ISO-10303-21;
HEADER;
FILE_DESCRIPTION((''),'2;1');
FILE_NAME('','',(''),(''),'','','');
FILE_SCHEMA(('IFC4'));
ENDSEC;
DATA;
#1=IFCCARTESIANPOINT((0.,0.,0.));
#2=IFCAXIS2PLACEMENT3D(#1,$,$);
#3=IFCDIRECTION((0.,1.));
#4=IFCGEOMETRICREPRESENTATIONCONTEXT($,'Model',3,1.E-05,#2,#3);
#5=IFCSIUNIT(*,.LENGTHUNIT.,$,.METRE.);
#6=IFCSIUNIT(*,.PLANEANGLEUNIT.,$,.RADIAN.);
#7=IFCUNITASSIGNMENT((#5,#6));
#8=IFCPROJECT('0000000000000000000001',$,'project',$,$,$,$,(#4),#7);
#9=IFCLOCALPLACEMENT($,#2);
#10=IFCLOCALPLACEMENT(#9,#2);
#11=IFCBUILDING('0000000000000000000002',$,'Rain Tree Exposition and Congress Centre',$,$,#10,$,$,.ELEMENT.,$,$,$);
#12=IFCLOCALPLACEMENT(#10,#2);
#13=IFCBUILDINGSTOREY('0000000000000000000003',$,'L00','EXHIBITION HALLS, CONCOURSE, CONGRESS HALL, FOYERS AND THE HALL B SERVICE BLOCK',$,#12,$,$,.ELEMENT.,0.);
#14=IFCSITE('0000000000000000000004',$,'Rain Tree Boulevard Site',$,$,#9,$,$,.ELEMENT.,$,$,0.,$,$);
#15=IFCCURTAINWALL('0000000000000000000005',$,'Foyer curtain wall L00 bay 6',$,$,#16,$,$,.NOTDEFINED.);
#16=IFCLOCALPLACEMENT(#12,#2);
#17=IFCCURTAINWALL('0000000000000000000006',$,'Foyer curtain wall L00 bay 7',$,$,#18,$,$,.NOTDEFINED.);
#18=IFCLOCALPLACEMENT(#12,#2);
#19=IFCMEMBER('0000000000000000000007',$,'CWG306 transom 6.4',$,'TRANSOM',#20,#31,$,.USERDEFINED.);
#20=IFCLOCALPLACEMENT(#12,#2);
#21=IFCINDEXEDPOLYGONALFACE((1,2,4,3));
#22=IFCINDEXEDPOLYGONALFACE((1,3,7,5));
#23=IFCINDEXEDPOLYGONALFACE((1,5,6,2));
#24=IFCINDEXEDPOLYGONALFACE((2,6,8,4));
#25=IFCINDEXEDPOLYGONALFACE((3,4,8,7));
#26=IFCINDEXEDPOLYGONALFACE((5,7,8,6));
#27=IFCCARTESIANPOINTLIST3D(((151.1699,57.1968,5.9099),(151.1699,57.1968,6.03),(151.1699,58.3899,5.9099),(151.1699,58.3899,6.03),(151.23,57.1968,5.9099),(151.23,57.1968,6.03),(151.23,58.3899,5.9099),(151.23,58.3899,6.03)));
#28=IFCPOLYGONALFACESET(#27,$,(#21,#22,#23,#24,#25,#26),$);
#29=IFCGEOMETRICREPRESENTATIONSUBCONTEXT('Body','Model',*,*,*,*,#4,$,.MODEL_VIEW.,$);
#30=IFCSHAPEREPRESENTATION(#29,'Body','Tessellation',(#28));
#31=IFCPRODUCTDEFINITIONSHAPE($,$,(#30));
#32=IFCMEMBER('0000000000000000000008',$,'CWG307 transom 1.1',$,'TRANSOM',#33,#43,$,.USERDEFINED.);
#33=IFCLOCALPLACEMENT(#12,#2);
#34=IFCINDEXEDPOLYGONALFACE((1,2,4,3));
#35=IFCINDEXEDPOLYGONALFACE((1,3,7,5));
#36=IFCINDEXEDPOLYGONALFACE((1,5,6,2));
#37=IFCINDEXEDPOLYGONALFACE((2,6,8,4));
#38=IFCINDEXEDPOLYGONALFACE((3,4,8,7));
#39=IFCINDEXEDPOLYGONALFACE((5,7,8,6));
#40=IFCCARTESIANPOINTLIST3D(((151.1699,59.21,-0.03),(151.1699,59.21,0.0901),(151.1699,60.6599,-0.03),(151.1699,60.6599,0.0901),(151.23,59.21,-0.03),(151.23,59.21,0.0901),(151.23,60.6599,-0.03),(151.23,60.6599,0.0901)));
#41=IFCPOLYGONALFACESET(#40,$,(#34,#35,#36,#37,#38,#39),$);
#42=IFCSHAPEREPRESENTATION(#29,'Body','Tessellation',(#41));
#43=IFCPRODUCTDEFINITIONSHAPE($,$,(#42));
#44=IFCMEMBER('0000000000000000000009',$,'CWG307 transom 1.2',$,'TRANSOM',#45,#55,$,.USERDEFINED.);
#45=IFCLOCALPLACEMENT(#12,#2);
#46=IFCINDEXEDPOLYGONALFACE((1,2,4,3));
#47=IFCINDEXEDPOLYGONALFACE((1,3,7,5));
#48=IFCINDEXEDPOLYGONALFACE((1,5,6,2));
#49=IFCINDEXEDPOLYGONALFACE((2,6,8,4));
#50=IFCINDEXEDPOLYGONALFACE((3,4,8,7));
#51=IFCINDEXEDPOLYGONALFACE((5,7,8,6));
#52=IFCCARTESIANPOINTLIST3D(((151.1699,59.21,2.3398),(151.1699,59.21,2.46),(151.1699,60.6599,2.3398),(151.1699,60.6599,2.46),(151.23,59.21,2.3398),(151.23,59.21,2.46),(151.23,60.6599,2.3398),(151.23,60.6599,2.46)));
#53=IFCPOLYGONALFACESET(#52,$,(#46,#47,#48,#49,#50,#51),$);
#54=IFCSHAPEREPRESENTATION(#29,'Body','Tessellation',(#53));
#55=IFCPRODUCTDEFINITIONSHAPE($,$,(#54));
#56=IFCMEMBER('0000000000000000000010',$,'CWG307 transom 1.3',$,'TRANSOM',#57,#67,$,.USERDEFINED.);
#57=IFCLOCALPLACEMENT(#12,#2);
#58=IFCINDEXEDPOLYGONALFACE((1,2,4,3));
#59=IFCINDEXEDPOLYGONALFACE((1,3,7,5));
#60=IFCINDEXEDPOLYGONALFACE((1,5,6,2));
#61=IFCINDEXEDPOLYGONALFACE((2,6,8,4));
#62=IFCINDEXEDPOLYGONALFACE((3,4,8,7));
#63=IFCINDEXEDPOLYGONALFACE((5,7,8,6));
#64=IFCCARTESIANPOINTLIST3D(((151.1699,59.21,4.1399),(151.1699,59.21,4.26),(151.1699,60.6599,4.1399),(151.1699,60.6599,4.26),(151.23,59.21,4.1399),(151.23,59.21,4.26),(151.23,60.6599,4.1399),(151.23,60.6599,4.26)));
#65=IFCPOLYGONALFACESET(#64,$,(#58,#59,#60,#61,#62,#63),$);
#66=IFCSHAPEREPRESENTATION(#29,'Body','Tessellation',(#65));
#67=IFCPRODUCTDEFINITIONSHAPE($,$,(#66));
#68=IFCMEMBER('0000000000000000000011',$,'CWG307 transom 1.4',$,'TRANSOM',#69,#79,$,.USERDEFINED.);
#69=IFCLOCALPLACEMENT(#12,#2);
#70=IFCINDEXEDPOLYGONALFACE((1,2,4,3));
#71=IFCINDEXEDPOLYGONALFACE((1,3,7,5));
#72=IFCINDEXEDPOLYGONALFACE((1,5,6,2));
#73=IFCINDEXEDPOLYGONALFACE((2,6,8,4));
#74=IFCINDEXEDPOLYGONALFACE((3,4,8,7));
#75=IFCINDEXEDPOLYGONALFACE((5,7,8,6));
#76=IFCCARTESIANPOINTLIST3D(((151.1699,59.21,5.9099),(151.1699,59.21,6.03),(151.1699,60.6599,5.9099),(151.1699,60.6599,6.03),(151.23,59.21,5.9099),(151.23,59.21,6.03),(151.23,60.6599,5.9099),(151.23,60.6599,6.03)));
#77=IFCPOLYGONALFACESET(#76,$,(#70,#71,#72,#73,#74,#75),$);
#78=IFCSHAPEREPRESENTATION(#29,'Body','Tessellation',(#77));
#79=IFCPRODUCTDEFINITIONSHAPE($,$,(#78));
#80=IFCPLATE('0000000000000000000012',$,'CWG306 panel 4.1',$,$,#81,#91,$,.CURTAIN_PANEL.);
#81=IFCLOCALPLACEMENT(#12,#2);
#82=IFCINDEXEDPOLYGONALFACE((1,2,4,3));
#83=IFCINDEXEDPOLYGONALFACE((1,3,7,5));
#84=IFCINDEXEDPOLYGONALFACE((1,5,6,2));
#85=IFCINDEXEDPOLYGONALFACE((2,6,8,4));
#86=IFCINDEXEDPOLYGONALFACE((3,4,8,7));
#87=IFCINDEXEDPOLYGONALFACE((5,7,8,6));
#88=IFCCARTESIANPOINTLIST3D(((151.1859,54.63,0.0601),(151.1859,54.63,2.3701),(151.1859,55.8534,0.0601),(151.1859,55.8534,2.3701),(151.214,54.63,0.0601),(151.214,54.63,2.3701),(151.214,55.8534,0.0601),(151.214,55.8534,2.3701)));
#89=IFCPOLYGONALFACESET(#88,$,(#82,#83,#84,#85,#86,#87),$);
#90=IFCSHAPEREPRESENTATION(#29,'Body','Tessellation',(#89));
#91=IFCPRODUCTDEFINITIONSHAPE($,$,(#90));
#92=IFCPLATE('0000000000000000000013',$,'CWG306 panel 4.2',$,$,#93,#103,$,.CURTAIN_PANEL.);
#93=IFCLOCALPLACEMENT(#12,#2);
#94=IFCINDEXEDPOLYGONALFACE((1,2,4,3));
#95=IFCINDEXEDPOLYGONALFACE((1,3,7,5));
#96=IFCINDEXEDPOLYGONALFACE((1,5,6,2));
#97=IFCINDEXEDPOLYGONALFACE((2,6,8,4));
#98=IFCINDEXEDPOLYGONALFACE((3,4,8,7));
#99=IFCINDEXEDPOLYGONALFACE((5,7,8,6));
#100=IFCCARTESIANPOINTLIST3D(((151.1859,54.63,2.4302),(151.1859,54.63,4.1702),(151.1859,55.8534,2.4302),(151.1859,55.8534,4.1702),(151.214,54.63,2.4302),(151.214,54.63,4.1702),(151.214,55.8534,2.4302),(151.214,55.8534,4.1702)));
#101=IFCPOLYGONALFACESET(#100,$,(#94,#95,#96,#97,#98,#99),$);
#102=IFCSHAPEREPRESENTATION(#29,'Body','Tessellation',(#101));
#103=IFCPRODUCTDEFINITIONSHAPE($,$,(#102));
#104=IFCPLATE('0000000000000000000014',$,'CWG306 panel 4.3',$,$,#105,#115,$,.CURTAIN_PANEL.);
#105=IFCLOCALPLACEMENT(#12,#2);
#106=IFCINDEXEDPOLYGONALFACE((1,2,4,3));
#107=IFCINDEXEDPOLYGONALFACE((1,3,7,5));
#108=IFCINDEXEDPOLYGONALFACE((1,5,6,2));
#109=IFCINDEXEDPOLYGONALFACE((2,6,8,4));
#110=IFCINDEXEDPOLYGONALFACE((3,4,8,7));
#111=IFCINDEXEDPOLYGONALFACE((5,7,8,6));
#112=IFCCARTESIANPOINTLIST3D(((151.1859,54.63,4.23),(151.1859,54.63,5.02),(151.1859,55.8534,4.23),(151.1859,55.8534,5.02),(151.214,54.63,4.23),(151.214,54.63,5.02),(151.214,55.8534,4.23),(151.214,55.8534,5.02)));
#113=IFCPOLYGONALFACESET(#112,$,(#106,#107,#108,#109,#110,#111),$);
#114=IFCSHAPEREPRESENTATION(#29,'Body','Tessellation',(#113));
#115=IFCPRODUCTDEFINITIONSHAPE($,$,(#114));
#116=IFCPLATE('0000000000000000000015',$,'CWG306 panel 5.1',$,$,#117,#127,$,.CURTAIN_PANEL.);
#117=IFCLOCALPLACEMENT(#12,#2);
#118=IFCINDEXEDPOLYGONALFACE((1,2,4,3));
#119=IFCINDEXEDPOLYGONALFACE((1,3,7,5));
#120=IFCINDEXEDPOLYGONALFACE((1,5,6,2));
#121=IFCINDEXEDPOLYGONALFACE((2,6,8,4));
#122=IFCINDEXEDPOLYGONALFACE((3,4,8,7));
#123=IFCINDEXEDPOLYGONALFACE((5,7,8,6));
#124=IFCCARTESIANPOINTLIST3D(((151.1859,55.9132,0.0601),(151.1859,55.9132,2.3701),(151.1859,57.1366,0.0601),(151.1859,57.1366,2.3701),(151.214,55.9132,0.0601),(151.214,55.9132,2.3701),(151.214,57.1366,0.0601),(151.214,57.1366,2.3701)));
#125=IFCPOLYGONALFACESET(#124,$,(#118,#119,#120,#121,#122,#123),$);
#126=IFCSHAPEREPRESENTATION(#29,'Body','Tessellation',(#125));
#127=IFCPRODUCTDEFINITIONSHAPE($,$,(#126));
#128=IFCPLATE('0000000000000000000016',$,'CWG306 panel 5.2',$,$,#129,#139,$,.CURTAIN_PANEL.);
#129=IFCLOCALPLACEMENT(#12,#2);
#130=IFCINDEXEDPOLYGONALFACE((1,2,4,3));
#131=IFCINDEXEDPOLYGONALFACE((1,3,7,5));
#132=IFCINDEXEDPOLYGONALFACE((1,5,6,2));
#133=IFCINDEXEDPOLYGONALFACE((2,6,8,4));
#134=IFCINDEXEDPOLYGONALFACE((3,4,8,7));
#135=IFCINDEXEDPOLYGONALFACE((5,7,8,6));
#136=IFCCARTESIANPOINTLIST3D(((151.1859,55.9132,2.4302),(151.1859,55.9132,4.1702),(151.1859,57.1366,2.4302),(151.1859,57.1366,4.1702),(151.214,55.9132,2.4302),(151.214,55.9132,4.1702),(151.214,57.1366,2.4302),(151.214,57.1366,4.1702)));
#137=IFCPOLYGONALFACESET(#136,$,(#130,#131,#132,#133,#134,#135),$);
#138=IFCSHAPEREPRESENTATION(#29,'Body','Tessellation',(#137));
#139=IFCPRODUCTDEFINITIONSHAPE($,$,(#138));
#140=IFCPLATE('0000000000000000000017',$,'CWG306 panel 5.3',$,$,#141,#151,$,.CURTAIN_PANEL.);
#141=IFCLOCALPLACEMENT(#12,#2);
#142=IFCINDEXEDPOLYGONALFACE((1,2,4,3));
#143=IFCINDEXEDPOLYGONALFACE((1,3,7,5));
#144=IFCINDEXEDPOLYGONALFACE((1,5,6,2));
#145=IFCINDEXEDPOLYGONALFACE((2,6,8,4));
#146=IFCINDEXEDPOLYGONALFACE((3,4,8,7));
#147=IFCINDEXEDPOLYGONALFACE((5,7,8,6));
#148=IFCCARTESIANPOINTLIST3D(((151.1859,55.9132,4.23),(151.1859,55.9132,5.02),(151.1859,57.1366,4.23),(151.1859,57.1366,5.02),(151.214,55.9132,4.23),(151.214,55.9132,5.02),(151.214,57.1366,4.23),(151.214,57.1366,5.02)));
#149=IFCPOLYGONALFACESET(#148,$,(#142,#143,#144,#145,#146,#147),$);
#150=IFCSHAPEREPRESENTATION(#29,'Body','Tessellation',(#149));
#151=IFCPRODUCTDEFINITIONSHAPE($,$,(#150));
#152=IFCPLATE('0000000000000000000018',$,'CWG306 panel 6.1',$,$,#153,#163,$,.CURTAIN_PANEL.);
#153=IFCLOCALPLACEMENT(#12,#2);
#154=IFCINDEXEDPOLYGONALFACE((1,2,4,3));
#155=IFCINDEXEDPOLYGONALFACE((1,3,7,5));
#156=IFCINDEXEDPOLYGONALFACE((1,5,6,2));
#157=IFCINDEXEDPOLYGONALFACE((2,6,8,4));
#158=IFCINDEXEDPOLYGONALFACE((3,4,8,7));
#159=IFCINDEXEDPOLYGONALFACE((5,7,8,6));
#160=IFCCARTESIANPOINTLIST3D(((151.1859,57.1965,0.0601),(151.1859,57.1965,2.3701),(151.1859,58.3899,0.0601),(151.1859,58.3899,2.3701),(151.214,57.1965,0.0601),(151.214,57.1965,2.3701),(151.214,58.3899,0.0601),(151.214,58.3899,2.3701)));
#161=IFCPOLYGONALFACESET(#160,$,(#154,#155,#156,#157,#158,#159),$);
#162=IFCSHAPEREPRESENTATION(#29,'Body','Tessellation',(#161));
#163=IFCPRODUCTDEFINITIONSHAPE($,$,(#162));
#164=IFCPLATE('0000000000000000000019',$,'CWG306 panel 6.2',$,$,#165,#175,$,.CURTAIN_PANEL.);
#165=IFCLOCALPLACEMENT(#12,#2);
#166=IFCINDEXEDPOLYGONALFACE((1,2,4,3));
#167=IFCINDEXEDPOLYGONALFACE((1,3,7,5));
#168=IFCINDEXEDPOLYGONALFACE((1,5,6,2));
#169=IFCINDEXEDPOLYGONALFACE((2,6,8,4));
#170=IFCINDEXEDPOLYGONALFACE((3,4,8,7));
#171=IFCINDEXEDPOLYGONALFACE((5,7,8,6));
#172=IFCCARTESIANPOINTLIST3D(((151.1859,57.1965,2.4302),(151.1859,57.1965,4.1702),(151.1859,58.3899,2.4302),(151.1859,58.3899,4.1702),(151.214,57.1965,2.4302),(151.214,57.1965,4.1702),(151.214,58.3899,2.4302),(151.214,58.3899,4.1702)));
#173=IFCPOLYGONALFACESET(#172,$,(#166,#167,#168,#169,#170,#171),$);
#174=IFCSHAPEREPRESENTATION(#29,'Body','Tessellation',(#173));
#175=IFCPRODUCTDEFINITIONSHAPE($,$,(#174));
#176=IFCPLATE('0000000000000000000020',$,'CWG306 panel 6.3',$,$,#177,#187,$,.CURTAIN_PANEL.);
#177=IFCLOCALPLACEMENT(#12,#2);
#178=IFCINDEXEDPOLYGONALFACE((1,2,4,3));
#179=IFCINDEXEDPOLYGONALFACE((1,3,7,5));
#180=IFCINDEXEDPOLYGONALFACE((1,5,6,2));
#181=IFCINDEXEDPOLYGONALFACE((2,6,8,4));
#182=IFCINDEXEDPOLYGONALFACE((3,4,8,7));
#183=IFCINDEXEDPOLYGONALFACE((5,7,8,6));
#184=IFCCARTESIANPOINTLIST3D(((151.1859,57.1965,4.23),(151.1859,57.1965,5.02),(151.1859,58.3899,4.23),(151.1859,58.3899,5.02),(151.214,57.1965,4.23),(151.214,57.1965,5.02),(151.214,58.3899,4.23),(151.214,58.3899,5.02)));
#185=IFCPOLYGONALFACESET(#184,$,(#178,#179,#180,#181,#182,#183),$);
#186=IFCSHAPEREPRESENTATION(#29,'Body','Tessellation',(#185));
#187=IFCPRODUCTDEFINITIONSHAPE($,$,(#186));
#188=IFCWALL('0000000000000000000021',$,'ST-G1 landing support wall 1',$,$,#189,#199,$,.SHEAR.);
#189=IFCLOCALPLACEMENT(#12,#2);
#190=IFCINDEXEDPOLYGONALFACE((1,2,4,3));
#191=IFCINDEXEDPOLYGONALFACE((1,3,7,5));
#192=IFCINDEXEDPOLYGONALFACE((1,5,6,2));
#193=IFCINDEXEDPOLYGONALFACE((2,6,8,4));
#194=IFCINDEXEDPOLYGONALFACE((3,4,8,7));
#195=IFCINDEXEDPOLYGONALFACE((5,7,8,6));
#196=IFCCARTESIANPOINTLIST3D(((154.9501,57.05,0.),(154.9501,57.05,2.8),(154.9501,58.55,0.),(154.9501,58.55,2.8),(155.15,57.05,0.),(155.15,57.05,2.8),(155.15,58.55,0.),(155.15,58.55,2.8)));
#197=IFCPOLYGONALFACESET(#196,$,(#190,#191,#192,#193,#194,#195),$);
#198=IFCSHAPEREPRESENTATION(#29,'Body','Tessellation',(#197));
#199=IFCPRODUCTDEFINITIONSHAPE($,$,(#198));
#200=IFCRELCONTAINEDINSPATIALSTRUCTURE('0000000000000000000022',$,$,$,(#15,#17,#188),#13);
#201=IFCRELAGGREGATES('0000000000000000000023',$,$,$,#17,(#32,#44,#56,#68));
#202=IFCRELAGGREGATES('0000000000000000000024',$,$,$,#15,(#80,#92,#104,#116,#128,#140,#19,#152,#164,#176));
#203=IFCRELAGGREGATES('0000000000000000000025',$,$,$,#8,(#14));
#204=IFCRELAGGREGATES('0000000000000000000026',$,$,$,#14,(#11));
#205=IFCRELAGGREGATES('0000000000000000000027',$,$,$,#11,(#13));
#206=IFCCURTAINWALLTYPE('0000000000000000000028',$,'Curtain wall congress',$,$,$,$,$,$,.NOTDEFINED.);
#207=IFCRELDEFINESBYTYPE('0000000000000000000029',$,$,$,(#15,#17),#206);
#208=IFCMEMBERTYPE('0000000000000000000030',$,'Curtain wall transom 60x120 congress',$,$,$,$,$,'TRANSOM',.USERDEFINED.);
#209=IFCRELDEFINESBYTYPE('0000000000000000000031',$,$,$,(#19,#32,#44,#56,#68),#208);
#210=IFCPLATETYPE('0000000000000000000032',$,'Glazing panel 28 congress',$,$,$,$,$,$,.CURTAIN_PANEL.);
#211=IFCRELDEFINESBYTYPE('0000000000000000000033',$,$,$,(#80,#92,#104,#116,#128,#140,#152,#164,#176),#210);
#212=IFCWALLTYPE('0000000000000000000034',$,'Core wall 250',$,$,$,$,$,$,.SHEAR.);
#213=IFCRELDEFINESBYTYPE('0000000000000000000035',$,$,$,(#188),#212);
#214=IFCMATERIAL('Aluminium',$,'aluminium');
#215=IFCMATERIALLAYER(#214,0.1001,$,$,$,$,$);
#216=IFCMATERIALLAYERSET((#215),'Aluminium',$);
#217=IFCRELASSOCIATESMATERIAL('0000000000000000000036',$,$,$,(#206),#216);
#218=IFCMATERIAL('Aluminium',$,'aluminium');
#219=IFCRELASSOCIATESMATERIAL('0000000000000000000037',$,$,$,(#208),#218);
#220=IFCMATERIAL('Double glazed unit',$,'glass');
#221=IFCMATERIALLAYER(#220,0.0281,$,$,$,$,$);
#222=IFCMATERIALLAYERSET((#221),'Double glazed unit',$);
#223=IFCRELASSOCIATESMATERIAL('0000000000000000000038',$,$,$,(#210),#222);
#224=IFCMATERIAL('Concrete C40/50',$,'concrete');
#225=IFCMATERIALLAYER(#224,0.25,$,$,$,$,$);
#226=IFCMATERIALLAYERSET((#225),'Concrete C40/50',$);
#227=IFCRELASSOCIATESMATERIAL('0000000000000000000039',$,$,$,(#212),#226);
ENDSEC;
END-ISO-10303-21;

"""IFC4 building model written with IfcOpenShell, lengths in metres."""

from ifc_helpers import new_model, si_unit, direction, frame, frame_2d, origin, origin_2d, place, context, subcontext, project, spatial, rectangle, extrude, material, layer, layer_set, material_profile, profile_set, type_object, element, aggregate, save


model = new_model("IFC4")

# Units and contexts
model_context = context("Model", 3, precision=1e-05, world=origin(), true_north=direction((0.0, 1.0)))
body_context = subcontext(model_context, "Body", "Model", "MODEL_VIEW")
ifc_project = project(units=[si_unit("LENGTHUNIT", "METRE"), si_unit("PLANEANGLEUNIT", "RADIAN")], contexts=[model_context])

# Site, building, storey
site_placement = place(None, origin())
site = spatial("IfcSite", under=ifc_project, at=site_placement, Name="Rain Tree Boulevard Site", CompositionType="ELEMENT", RefElevation=0.0)
building_placement = place(site_placement, origin())
building = spatial("IfcBuilding", under=site, at=building_placement, Name="Rain Tree Exposition and Congress Centre", CompositionType="ELEMENT")
storey_placement = place(building_placement, origin())
storey = spatial("IfcBuildingStorey", under=building, at=storey_placement, Name="L00", Description="EXHIBITION HALLS, CONCOURSE, CONGRESS HALL, FOYERS AND THE HALL B SERVICE BLOCK", CompositionType="ELEMENT", Elevation=0.0)

# Curtain wall
ifc_material_1 = material(Name="Aluminium", Category="aluminium")
ifc_layer_1 = layer(ifc_material_1, 0.1001)
ifc_layer_set_1 = layer_set([ifc_layer_1], Name="Aluminium")
curtain_wall_type = type_object("IfcCurtainWallType", Name="Curtain wall congress", PredefinedType="NOTDEFINED", material=ifc_layer_set_1)
curtain_wall_1_placement = place(storey_placement, origin())
curtain_wall_1 = element("IfcCurtainWall", 1, at=curtain_wall_1_placement, inside=storey, type_object=curtain_wall_type, Name="Foyer curtain wall L00 bay 6", PredefinedType="NOTDEFINED")

# Curtain wall
curtain_wall_2_placement = place(storey_placement, origin())
curtain_wall_2 = element("IfcCurtainWall", 2, at=curtain_wall_2_placement, inside=storey, type_object=curtain_wall_type, Name="Foyer curtain wall L00 bay 7", PredefinedType="NOTDEFINED")

# Members
ifc_material_2 = material(Name="Aluminium", Category="aluminium")
ifc_material_profile_1 = material_profile(ifc_material_2, rectangle(XDim=0.0601, YDim=0.1201, at=origin_2d()), Name="AL 60x120")
ifc_profile_set_1 = profile_set([ifc_material_profile_1], Name="Aluminium")
member_type_1 = type_object("IfcMemberType", Name="Curtain wall transom 60x120 congress", ElementType="TRANSOM", PredefinedType="USERDEFINED", material=ifc_profile_set_1)
member_1_placement = place(storey_placement, frame((151.2, 57.1968, 5.97), z_axis=(0.0, 1.0, 0.0), x_axis=(-1.0, 0.0, 0.0)))
member_1 = element("IfcMember", 3, at=member_1_placement, type_object=member_type_1, Name="CWG306 transom 6.4", ObjectType="TRANSOM", PredefinedType="USERDEFINED", context=body_context, shape_type="SweptSolid", body=[
    extrude(rectangle(XDim=0.0601, YDim=0.1201, at=origin_2d()), origin(), (0.0, 0.0, 1.0), 1.1931),
])
member_2_placement = place(storey_placement, frame((151.2, 59.21, 0.03), z_axis=(0.0, 1.0, 0.0), x_axis=(-1.0, 0.0, 0.0)))
member_2 = element("IfcMember", 4, at=member_2_placement, type_object=member_type_1, Name="CWG307 transom 1.1", ObjectType="TRANSOM", PredefinedType="USERDEFINED", context=body_context, shape_type="SweptSolid", body=[
    extrude(rectangle(XDim=0.0601, YDim=0.1201, at=origin_2d()), origin(), (0.0, 0.0, 1.0), 1.45),
])
member_3_placement = place(storey_placement, frame((151.2, 59.21, 2.3999), z_axis=(0.0, 1.0, 0.0), x_axis=(-1.0, 0.0, 0.0)))
member_3 = element("IfcMember", 5, at=member_3_placement, type_object=member_type_1, Name="CWG307 transom 1.2", ObjectType="TRANSOM", PredefinedType="USERDEFINED", context=body_context, shape_type="SweptSolid", body=[
    extrude(rectangle(XDim=0.0601, YDim=0.1201, at=origin_2d()), origin(), (0.0, 0.0, 1.0), 1.45),
])
member_4_placement = place(storey_placement, frame((151.2, 59.21, 4.2), z_axis=(0.0, 1.0, 0.0), x_axis=(-1.0, 0.0, 0.0)))
member_4 = element("IfcMember", 6, at=member_4_placement, type_object=member_type_1, Name="CWG307 transom 1.3", ObjectType="TRANSOM", PredefinedType="USERDEFINED", context=body_context, shape_type="SweptSolid", body=[
    extrude(rectangle(XDim=0.0601, YDim=0.1201, at=origin_2d()), origin(), (0.0, 0.0, 1.0), 1.45),
])
member_5_placement = place(storey_placement, frame((151.2, 59.21, 5.97), z_axis=(0.0, 1.0, 0.0), x_axis=(-1.0, 0.0, 0.0)))
member_5 = element("IfcMember", 7, at=member_5_placement, type_object=member_type_1, Name="CWG307 transom 1.4", ObjectType="TRANSOM", PredefinedType="USERDEFINED", context=body_context, shape_type="SweptSolid", body=[
    extrude(rectangle(XDim=0.0601, YDim=0.1201, at=origin_2d()), origin(), (0.0, 0.0, 1.0), 1.45),
])
aggregate(curtain_wall_2, [member_2, member_3, member_4, member_5])

# Plates
ifc_material_3 = material(Name="Double glazed unit", Category="glass")
ifc_layer_2 = layer(ifc_material_3, 0.0281)
ifc_layer_set_2 = layer_set([ifc_layer_2], Name="Double glazed unit")
plate_type = type_object("IfcPlateType", Name="Glazing panel 28 congress", PredefinedType="CURTAIN_PANEL", material=ifc_layer_set_2)
plate_1_placement = place(storey_placement, frame((151.2, 55.2417, 0.0601), z_axis=(0.0, 0.0, 1.0), x_axis=(0.0, 1.0, 0.0)))
plate_1 = element("IfcPlate", 8, at=plate_1_placement, type_object=plate_type, Name="CWG306 panel 4.1", PredefinedType="CURTAIN_PANEL", context=body_context, shape_type="SweptSolid", body=[
    extrude(rectangle(XDim=1.2234, YDim=0.0281, at=origin_2d()), origin(), (0.0, 0.0, 1.0), 2.3101),
])
plate_2_placement = place(storey_placement, frame((151.2, 55.2417, 2.4302), z_axis=(0.0, 0.0, 1.0), x_axis=(0.0, 1.0, 0.0)))
plate_2 = element("IfcPlate", 9, at=plate_2_placement, type_object=plate_type, Name="CWG306 panel 4.2", PredefinedType="CURTAIN_PANEL", context=body_context, shape_type="SweptSolid", body=[
    extrude(rectangle(XDim=1.2234, YDim=0.0281, at=origin_2d()), origin(), (0.0, 0.0, 1.0), 1.74),
])
plate_3_placement = place(storey_placement, frame((151.2, 55.2417, 4.23), z_axis=(0.0, 0.0, 1.0), x_axis=(0.0, 1.0, 0.0)))
plate_3 = element("IfcPlate", 10, at=plate_3_placement, type_object=plate_type, Name="CWG306 panel 4.3", PredefinedType="CURTAIN_PANEL", context=body_context, shape_type="SweptSolid", body=[
    extrude(rectangle(XDim=1.2234, YDim=0.0281, at=origin_2d()), origin(), (0.0, 0.0, 1.0), 0.79),
])
plate_4_placement = place(storey_placement, frame((151.2, 56.5249, 0.0601), z_axis=(0.0, 0.0, 1.0), x_axis=(0.0, 1.0, 0.0)))
plate_4 = element("IfcPlate", 11, at=plate_4_placement, type_object=plate_type, Name="CWG306 panel 5.1", PredefinedType="CURTAIN_PANEL", context=body_context, shape_type="SweptSolid", body=[
    extrude(rectangle(XDim=1.2234, YDim=0.0281, at=origin_2d()), origin(), (0.0, 0.0, 1.0), 2.3101),
])
plate_5_placement = place(storey_placement, frame((151.2, 56.5249, 2.4302), z_axis=(0.0, 0.0, 1.0), x_axis=(0.0, 1.0, 0.0)))
plate_5 = element("IfcPlate", 12, at=plate_5_placement, type_object=plate_type, Name="CWG306 panel 5.2", PredefinedType="CURTAIN_PANEL", context=body_context, shape_type="SweptSolid", body=[
    extrude(rectangle(XDim=1.2234, YDim=0.0281, at=origin_2d()), origin(), (0.0, 0.0, 1.0), 1.74),
])
plate_6_placement = place(storey_placement, frame((151.2, 56.5249, 4.23), z_axis=(0.0, 0.0, 1.0), x_axis=(0.0, 1.0, 0.0)))
plate_6 = element("IfcPlate", 13, at=plate_6_placement, type_object=plate_type, Name="CWG306 panel 5.3", PredefinedType="CURTAIN_PANEL", context=body_context, shape_type="SweptSolid", body=[
    extrude(rectangle(XDim=1.2234, YDim=0.0281, at=origin_2d()), origin(), (0.0, 0.0, 1.0), 0.79),
])
plate_7_placement = place(storey_placement, frame((151.2, 57.7932, 0.0601), z_axis=(0.0, 0.0, 1.0), x_axis=(0.0, 1.0, 0.0)))
plate_7 = element("IfcPlate", 14, at=plate_7_placement, type_object=plate_type, Name="CWG306 panel 6.1", PredefinedType="CURTAIN_PANEL", context=body_context, shape_type="SweptSolid", body=[
    extrude(rectangle(XDim=1.1934, YDim=0.0281, at=origin_2d()), origin(), (0.0, 0.0, 1.0), 2.3101),
])
plate_8_placement = place(storey_placement, frame((151.2, 57.7932, 2.4302), z_axis=(0.0, 0.0, 1.0), x_axis=(0.0, 1.0, 0.0)))
plate_8 = element("IfcPlate", 15, at=plate_8_placement, type_object=plate_type, Name="CWG306 panel 6.2", PredefinedType="CURTAIN_PANEL", context=body_context, shape_type="SweptSolid", body=[
    extrude(rectangle(XDim=1.1934, YDim=0.0281, at=origin_2d()), origin(), (0.0, 0.0, 1.0), 1.74),
])
plate_9_placement = place(storey_placement, frame((151.2, 57.7932, 4.23), z_axis=(0.0, 0.0, 1.0), x_axis=(0.0, 1.0, 0.0)))
plate_9 = element("IfcPlate", 16, at=plate_9_placement, type_object=plate_type, Name="CWG306 panel 6.3", PredefinedType="CURTAIN_PANEL", context=body_context, shape_type="SweptSolid", body=[
    extrude(rectangle(XDim=1.1934, YDim=0.0281, at=origin_2d()), origin(), (0.0, 0.0, 1.0), 0.79),
])
aggregate(curtain_wall_1, [plate_1, plate_2, plate_3, plate_4, plate_5, plate_6, member_1, plate_7, plate_8, plate_9])

# Wall
ifc_material_4 = material(Name="Concrete C40/50", Category="concrete")
ifc_layer_3 = layer(ifc_material_4, 0.25)
ifc_layer_set_3 = layer_set([ifc_layer_3], Name="Concrete C40/50")
wall_type_1 = type_object("IfcWallType", Name="Core wall 250", PredefinedType="SHEAR", material=ifc_layer_set_3)
for number, where, z_axis, x_axis, name in (
    (17, (155.05, 57.05, 0.0), (0.0, 0.0, 1.0), (0.0, 1.0, 0.0), "ST-G1 landing support wall 1"),
):
    element("IfcWall", number, at=place(storey_placement, frame(where, z_axis=z_axis, x_axis=x_axis)), inside=storey, type_object=wall_type_1, Name=name, PredefinedType="SHEAR", context=body_context, shape_type="SweptSolid", body=[
        extrude(rectangle(XDim=1.5, YDim=0.2, at=frame_2d((0.75, 0.0))), origin(), (0.0, 0.0, 1.0), 2.8),
    ])

save(model, "model.ifc")
